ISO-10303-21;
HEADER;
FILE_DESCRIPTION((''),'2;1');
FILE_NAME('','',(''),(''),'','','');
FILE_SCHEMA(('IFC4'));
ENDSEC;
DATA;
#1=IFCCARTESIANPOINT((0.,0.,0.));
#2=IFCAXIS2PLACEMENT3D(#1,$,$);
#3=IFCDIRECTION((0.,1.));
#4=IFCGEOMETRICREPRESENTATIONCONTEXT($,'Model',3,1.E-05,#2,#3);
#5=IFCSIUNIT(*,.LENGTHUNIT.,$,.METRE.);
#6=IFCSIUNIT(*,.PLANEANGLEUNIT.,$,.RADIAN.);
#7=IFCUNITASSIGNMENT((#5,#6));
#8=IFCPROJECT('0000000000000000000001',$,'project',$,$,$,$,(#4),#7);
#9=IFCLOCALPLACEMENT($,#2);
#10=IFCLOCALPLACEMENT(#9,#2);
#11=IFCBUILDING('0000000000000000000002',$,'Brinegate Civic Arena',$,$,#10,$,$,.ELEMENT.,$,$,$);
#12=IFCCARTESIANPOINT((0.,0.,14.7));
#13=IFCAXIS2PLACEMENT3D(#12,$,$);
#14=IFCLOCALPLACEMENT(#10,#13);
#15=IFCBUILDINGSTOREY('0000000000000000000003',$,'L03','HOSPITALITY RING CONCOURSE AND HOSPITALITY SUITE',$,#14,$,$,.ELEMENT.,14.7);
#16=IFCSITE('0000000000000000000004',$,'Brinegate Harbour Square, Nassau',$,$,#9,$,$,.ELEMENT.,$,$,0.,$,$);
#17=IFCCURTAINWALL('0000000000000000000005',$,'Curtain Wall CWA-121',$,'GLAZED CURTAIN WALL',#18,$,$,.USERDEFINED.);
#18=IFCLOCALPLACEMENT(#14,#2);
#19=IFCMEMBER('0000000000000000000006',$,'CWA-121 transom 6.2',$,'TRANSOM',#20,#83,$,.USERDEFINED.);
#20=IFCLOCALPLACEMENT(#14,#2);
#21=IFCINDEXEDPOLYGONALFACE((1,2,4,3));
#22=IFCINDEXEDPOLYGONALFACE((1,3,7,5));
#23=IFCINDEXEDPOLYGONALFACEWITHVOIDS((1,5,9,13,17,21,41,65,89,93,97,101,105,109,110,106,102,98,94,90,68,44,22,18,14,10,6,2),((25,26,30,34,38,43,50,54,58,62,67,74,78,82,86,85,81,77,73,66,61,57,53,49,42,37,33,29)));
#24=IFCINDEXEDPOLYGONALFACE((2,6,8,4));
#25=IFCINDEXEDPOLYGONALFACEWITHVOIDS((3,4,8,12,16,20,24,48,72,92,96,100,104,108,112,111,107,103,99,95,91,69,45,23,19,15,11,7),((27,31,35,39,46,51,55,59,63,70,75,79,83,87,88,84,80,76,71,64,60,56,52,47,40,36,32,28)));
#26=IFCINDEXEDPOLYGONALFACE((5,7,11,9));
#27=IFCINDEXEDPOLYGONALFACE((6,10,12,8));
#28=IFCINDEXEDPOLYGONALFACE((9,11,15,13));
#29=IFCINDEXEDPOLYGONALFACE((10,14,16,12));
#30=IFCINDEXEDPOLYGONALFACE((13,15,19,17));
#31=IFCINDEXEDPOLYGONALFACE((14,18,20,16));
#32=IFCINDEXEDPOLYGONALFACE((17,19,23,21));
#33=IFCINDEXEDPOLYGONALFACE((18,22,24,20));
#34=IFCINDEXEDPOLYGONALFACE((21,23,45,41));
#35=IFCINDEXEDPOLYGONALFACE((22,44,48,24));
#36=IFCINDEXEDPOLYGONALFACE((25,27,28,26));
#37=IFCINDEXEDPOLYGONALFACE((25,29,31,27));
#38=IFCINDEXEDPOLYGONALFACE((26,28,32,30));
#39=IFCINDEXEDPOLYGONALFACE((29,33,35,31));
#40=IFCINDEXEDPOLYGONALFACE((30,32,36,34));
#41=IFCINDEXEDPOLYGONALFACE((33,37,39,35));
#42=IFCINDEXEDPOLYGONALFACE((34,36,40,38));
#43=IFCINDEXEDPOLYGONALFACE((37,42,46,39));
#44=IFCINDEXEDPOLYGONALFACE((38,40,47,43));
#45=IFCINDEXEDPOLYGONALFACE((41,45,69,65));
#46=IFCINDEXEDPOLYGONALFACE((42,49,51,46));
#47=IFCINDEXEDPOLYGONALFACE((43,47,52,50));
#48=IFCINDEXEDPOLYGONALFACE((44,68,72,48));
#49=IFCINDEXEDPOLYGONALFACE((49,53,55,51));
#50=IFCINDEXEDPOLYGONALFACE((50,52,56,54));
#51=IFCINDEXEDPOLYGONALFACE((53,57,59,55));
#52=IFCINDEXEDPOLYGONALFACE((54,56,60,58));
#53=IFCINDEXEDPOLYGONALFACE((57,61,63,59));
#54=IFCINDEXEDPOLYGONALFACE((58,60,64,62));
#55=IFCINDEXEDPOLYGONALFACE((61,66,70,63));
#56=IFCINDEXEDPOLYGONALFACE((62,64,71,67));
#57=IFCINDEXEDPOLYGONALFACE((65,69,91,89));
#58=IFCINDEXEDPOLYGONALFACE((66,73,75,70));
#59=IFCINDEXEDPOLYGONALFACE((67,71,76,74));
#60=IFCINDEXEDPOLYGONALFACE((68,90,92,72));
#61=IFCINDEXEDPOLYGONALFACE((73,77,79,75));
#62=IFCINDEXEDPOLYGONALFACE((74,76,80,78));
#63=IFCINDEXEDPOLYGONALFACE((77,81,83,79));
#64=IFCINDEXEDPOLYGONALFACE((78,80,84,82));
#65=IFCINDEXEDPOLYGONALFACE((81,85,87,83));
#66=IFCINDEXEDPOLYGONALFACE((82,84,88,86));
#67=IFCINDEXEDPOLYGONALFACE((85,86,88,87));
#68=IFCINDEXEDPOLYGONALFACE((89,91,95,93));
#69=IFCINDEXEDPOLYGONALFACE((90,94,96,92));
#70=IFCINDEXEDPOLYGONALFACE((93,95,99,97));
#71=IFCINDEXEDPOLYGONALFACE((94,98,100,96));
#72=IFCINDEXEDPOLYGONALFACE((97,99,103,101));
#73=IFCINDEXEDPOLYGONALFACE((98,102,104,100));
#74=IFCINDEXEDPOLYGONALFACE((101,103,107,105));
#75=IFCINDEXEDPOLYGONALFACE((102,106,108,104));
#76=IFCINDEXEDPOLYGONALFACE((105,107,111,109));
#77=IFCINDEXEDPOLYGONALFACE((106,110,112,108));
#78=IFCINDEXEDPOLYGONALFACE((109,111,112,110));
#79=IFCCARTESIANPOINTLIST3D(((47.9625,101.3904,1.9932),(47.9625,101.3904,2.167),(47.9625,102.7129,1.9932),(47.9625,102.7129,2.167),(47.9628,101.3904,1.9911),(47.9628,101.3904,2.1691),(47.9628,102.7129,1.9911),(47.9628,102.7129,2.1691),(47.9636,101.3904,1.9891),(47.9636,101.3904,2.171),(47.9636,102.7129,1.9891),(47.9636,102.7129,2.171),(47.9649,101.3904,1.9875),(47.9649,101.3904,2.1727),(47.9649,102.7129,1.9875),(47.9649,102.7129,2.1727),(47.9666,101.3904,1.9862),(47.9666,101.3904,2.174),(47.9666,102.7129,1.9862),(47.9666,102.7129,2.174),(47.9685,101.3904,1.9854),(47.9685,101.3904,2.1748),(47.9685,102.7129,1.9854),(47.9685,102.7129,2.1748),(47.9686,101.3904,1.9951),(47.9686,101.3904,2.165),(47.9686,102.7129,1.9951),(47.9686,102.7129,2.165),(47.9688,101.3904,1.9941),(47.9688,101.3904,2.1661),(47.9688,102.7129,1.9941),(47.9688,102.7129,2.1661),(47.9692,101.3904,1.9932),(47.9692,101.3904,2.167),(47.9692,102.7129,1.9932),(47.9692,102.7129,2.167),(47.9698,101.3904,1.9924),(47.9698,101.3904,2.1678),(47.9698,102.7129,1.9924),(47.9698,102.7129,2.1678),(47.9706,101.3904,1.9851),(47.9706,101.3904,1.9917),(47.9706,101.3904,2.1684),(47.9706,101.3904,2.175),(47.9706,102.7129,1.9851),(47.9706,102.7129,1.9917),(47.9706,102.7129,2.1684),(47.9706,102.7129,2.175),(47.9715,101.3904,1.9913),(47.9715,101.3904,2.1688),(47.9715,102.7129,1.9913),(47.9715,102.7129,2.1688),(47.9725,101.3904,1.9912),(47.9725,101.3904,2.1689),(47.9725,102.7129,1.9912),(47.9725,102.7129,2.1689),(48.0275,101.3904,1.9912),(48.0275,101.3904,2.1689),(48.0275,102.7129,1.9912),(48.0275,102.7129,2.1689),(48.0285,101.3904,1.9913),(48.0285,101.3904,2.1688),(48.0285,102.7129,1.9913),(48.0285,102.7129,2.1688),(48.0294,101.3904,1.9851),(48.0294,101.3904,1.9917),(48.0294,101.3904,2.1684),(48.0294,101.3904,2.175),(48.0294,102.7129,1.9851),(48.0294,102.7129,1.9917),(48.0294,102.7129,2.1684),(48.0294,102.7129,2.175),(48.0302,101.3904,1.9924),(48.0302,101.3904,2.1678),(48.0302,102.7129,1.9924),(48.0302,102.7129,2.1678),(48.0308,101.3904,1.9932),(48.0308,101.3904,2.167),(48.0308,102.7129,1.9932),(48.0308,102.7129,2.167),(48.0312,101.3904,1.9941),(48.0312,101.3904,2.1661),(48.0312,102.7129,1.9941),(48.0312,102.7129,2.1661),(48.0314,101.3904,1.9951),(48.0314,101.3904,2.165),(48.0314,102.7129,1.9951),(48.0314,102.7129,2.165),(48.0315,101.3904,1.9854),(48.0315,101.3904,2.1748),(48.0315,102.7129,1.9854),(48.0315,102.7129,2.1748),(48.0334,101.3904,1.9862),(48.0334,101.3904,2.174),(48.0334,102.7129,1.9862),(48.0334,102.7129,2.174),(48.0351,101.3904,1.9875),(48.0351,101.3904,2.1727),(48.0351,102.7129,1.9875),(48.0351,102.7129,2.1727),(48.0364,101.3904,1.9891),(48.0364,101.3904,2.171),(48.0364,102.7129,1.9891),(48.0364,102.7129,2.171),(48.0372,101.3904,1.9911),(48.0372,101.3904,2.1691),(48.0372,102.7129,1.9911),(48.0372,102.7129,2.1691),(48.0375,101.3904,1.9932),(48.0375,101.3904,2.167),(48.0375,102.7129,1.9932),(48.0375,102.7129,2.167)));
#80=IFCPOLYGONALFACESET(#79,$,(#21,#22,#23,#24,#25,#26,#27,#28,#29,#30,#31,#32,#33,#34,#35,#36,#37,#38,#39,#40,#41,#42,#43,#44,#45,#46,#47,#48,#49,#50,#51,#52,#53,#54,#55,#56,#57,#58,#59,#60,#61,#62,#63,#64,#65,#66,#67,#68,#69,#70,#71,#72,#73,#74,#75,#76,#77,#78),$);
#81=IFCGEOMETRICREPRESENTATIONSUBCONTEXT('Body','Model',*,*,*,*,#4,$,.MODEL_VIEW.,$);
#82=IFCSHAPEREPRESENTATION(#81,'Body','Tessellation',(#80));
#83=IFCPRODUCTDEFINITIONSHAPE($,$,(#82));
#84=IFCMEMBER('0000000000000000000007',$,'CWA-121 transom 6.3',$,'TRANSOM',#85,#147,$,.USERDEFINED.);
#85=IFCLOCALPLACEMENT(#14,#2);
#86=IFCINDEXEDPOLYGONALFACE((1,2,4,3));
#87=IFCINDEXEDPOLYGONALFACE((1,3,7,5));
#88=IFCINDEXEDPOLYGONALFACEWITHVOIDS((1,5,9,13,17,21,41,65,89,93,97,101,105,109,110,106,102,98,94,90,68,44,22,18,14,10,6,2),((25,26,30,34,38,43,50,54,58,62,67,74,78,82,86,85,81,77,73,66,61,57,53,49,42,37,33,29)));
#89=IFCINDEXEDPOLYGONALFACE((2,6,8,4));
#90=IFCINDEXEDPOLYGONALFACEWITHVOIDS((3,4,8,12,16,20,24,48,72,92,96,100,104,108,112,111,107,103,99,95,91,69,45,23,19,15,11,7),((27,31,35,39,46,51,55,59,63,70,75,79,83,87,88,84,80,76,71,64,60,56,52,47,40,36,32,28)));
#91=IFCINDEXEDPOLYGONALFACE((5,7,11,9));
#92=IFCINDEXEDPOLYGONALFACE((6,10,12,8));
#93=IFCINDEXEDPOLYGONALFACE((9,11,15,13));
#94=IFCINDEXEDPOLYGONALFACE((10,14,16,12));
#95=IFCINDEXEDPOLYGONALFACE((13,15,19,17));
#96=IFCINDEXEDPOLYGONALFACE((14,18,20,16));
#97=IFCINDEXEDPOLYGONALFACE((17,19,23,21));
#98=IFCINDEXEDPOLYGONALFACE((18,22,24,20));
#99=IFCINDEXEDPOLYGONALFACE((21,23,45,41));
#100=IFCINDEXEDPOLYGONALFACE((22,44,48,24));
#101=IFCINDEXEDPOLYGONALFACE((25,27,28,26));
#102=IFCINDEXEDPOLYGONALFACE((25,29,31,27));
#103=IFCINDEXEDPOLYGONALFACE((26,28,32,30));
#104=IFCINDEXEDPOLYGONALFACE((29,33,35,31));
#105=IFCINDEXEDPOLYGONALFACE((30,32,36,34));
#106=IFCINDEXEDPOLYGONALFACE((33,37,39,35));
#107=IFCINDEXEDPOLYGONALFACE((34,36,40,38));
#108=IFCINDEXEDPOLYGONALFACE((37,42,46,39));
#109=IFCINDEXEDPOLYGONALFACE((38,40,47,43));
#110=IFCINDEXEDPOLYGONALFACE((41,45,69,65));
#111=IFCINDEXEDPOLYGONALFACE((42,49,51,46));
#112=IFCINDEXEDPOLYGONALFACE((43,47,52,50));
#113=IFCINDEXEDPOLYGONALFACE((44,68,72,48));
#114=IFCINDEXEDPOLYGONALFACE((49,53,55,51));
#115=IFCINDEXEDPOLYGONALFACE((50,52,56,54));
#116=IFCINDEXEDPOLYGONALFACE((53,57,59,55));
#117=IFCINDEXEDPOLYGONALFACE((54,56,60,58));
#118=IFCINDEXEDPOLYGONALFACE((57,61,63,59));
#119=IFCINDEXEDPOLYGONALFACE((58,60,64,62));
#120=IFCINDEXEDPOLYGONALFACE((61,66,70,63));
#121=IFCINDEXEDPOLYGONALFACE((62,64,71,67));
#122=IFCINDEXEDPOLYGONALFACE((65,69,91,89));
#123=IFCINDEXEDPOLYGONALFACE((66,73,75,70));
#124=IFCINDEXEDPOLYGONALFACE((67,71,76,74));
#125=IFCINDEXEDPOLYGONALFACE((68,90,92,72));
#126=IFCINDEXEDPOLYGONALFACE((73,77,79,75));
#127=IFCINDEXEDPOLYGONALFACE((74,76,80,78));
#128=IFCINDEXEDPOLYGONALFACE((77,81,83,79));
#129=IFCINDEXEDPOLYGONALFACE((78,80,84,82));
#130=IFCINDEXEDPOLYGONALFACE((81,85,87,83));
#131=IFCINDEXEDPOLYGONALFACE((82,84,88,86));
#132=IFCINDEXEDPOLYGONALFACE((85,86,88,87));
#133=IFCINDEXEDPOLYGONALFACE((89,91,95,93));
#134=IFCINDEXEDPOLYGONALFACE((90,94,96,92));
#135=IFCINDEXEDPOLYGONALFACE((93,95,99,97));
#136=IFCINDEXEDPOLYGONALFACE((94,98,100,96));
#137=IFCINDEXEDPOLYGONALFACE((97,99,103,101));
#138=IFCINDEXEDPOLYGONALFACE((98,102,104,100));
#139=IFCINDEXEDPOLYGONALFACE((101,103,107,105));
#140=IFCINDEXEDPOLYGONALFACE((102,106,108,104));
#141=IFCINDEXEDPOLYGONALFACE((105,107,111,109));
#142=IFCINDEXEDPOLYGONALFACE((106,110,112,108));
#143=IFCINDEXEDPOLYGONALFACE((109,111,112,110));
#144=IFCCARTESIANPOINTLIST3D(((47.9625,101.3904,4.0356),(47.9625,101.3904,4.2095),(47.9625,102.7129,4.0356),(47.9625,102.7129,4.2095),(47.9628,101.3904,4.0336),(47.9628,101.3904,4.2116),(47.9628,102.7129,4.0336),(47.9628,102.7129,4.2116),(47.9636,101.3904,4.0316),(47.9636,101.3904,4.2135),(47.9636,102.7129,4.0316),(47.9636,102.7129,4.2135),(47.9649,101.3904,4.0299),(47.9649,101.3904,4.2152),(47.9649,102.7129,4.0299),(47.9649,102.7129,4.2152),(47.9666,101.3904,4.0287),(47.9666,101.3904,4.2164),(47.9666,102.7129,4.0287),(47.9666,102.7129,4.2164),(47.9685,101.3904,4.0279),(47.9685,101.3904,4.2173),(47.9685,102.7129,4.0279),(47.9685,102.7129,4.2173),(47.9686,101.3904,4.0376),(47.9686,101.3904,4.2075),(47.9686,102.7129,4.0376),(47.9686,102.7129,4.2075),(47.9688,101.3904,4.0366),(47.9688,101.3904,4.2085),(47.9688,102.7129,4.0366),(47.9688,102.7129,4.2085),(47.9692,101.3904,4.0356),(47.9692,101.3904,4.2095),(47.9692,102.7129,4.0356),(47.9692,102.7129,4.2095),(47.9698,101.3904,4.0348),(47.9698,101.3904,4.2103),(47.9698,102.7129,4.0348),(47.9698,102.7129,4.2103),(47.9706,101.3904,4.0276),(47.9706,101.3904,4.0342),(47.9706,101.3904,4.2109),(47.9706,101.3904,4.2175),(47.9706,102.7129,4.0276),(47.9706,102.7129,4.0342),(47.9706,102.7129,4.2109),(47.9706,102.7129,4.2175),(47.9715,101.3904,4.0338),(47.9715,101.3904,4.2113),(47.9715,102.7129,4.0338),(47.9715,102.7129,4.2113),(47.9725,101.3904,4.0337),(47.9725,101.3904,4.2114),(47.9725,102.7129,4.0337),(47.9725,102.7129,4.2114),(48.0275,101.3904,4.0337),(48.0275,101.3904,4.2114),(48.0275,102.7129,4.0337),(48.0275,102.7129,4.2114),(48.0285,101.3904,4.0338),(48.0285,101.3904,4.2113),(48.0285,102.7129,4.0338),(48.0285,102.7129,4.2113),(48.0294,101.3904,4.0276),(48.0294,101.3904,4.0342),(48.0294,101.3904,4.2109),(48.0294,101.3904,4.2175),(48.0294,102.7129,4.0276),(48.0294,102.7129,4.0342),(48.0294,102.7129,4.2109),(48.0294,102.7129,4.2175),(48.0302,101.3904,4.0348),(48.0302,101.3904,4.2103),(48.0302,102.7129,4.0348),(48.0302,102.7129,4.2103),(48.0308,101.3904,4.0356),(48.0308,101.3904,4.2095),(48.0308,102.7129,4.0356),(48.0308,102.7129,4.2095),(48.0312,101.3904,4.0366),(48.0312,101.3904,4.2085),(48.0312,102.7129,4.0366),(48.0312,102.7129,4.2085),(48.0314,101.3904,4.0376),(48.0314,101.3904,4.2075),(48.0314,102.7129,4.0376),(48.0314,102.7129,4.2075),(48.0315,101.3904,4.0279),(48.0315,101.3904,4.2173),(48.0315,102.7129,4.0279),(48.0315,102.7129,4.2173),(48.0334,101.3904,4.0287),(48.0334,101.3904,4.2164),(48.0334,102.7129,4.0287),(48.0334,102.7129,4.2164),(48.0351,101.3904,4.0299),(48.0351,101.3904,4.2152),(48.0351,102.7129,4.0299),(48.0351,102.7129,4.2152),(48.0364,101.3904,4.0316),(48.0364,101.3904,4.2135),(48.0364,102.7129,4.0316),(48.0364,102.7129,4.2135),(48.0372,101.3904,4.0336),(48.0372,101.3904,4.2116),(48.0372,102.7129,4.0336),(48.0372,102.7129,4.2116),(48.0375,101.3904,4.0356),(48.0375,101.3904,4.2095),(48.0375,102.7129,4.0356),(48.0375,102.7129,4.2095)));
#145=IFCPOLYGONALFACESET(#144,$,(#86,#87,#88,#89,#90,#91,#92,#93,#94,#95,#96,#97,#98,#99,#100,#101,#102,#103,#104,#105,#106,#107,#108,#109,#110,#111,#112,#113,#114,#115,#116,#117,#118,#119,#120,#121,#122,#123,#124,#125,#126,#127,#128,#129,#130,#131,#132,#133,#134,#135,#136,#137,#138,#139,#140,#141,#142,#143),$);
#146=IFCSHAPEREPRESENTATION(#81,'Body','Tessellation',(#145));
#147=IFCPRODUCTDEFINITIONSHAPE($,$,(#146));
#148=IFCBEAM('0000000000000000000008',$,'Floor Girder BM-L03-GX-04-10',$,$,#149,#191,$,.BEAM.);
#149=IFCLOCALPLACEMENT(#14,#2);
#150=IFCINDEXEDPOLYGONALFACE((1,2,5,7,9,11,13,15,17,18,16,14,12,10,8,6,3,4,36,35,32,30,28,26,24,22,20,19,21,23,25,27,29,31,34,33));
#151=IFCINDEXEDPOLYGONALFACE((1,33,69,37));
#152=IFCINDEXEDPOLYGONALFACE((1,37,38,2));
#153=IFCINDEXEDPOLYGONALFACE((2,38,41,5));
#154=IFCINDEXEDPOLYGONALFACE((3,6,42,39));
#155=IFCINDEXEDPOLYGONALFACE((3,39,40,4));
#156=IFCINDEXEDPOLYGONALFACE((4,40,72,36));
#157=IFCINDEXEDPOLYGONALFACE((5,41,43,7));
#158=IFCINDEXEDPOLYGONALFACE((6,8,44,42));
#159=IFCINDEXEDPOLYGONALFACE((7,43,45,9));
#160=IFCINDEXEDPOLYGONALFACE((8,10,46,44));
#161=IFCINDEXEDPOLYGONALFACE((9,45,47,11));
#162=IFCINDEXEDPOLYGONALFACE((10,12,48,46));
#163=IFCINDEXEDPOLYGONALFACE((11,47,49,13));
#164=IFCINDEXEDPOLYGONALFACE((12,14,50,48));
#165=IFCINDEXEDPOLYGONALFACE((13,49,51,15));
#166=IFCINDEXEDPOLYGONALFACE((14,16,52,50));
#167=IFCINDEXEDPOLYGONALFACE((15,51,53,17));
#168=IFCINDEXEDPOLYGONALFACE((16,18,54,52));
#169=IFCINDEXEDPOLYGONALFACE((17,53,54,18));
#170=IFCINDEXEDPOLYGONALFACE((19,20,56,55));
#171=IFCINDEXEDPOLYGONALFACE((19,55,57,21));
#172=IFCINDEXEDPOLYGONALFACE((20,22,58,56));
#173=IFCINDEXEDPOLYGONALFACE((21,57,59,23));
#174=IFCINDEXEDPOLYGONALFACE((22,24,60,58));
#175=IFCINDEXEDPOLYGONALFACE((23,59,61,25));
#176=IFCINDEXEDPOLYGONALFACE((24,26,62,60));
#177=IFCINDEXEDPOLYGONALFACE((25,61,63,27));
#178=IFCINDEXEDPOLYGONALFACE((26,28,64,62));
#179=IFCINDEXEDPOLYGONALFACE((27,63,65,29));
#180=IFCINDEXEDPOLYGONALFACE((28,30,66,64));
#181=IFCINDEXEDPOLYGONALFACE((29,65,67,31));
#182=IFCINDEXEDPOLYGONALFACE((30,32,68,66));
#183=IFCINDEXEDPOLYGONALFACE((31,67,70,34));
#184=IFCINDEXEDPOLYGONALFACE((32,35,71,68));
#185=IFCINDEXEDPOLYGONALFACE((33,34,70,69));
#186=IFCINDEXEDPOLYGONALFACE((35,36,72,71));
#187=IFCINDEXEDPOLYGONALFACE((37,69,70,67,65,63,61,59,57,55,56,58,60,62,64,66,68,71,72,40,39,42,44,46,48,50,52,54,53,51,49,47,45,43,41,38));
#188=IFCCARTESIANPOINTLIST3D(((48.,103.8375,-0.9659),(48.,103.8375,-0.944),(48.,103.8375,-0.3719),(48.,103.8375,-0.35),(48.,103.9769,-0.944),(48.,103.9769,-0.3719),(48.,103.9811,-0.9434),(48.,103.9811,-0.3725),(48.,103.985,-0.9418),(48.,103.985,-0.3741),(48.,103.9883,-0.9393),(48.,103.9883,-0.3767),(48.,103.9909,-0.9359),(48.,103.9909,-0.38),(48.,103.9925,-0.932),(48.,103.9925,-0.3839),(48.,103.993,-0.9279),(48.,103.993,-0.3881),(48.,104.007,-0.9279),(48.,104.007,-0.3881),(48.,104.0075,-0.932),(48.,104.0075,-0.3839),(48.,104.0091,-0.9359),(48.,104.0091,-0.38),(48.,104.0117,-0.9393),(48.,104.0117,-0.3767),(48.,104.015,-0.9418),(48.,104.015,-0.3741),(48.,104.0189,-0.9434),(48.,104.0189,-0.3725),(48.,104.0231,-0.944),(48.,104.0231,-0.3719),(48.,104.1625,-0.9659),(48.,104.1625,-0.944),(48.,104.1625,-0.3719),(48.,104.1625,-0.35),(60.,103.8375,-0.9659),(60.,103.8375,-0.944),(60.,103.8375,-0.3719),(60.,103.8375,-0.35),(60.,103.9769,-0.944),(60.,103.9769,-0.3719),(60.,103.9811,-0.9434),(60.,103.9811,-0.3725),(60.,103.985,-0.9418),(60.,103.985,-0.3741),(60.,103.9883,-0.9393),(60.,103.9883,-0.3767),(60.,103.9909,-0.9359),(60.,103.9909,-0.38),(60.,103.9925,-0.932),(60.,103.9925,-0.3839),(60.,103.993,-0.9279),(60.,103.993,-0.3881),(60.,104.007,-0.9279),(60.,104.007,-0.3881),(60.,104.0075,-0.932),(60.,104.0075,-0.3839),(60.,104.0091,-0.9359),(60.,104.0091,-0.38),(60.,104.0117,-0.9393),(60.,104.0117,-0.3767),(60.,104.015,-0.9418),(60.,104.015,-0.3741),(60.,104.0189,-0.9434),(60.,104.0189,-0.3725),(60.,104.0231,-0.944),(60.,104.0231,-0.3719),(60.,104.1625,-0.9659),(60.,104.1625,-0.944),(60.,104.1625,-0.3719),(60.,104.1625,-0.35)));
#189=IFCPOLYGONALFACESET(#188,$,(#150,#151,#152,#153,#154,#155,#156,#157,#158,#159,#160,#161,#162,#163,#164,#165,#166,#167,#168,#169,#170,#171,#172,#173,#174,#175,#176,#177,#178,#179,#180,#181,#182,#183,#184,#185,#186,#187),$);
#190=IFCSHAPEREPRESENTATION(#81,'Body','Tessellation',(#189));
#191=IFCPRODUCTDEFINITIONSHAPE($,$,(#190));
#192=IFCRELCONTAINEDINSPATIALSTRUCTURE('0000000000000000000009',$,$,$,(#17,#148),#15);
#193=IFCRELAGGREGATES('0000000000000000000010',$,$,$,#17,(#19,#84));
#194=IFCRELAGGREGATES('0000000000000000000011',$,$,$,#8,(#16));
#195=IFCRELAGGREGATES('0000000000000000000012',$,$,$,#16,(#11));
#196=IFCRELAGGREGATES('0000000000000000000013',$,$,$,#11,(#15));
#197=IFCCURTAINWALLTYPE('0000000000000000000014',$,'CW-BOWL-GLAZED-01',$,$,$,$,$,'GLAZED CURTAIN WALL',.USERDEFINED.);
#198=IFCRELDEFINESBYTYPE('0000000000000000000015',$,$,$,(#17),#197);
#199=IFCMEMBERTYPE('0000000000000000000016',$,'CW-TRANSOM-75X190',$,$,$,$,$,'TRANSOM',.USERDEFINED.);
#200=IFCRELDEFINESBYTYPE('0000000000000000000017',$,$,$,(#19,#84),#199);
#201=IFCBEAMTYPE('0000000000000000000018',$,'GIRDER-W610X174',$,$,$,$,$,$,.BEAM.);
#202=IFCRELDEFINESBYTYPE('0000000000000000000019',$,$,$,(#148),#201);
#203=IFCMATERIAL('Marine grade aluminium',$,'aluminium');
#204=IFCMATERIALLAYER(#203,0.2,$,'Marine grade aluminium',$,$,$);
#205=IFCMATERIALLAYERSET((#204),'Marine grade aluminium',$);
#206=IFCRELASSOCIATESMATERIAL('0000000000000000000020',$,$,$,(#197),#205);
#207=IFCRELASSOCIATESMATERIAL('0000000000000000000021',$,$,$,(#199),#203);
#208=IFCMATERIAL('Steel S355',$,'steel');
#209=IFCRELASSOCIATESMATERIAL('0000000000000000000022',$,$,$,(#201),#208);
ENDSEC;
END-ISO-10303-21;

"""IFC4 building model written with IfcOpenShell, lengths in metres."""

from ifc_helpers import new_model, si_unit, direction, frame, origin, origin_2d, place, context, subcontext, project, spatial, hollow_rectangle, i_section, extrude, material, layer, layer_set, material_profile, profile_set, type_object, element, aggregate, save


model = new_model("IFC4")

# Units and contexts
model_context = context("Model", 3, precision=1e-05, world=origin(), true_north=direction((0.0, 1.0)))
body_context = subcontext(model_context, "Body", "Model", "MODEL_VIEW")
ifc_project = project(units=[si_unit("LENGTHUNIT", "METRE"), si_unit("PLANEANGLEUNIT", "RADIAN")], contexts=[model_context])

# Site, building, storey
site_placement = place(None, origin())
site = spatial("IfcSite", under=ifc_project, at=site_placement, Name="Brinegate Harbour Square, Nassau", CompositionType="ELEMENT", RefElevation=0.0)
building_placement = place(site_placement, origin())
building = spatial("IfcBuilding", under=site, at=building_placement, Name="Brinegate Civic Arena", CompositionType="ELEMENT")
storey_placement = place(building_placement, frame((0.0, 0.0, 14.7)))
storey = spatial("IfcBuildingStorey", under=building, at=storey_placement, Name="L03", Description="HOSPITALITY RING CONCOURSE AND HOSPITALITY SUITE", CompositionType="ELEMENT", Elevation=14.7)

# Curtain wall
ifc_material_1 = material(Name="Marine grade aluminium", Category="aluminium")
ifc_layer_1 = layer(ifc_material_1, 0.2, Name="Marine grade aluminium")
ifc_layer_set_1 = layer_set([ifc_layer_1], Name="Marine grade aluminium")
curtain_wall_type = type_object("IfcCurtainWallType", Name="CW-BOWL-GLAZED-01", ElementType="GLAZED CURTAIN WALL", PredefinedType="USERDEFINED", material=ifc_layer_set_1)
curtain_wall_1_placement = place(storey_placement, origin())
curtain_wall_1 = element("IfcCurtainWall", 1, at=curtain_wall_1_placement, inside=storey, type_object=curtain_wall_type, Name="Curtain Wall CWA-121", ObjectType="GLAZED CURTAIN WALL", PredefinedType="USERDEFINED")

# Members
ifc_material_profile_1 = material_profile(ifc_material_1, hollow_rectangle(XDim=0.075, YDim=0.1899, WallThickness=0.0061, InnerFilletRadius=0.0039, OuterFilletRadius=0.0081, at=origin_2d()), Name="TRN75X190")
ifc_profile_set_1 = profile_set([ifc_material_profile_1], Name="Marine grade aluminium")
member_type_1 = type_object("IfcMemberType", Name="CW-TRANSOM-75X190", ElementType="TRANSOM", PredefinedType="USERDEFINED", material=ifc_profile_set_1)
member_1_placement = place(storey_placement, frame((48.0, 101.3904, 2.0801), z_axis=(0.0, 1.0, 0.0), x_axis=(-1.0, 0.0, 0.0)))
member_1 = element("IfcMember", 2, at=member_1_placement, type_object=member_type_1, Name="CWA-121 transom 6.2", ObjectType="TRANSOM", PredefinedType="USERDEFINED", context=body_context, shape_type="SweptSolid", body=[
    extrude(hollow_rectangle(XDim=0.075, YDim=0.1899, WallThickness=0.0061, InnerFilletRadius=0.0039, OuterFilletRadius=0.0081, at=origin_2d()), origin(), (0.0, 0.0, 1.0), 1.3225),
])
member_2_placement = place(storey_placement, frame((48.0, 101.3904, 4.1226), z_axis=(0.0, 1.0, 0.0), x_axis=(-1.0, 0.0, 0.0)))
member_2 = element("IfcMember", 3, at=member_2_placement, type_object=member_type_1, Name="CWA-121 transom 6.3", ObjectType="TRANSOM", PredefinedType="USERDEFINED", context=body_context, shape_type="SweptSolid", body=[
    extrude(hollow_rectangle(XDim=0.075, YDim=0.1899, WallThickness=0.0061, InnerFilletRadius=0.0039, OuterFilletRadius=0.0081, at=origin_2d()), origin(), (0.0, 0.0, 1.0), 1.3225),
])

# Beam
ifc_material_2 = material(Name="Steel S355", Category="steel")
ifc_material_profile_2 = material_profile(ifc_material_2, i_section(OverallWidth=0.325, OverallDepth=0.616, WebThickness=0.0139, FlangeThickness=0.022, FilletRadius=0.0161, at=origin_2d()), Name="W610X174")
ifc_profile_set_2 = profile_set([ifc_material_profile_2], Name="Steel S355")
beam_type_1 = type_object("IfcBeamType", Name="GIRDER-W610X174", PredefinedType="BEAM", material=ifc_profile_set_2)
beam_1_placement = place(storey_placement, frame((48.0, 104.0, -0.658), z_axis=(1.0, 0.0, 0.0), x_axis=(0.0, 1.0, 0.0)))
element("IfcBeam", 4, at=beam_1_placement, inside=storey, type_object=beam_type_1, Name="Floor Girder BM-L03-GX-04-10", PredefinedType="BEAM", context=body_context, shape_type="SweptSolid", body=[
    extrude(i_section(OverallWidth=0.325, OverallDepth=0.616, WebThickness=0.0139, FlangeThickness=0.022, FilletRadius=0.0161, at=origin_2d()), origin(), (0.0, 0.0, 1.0), 12.0),
])

aggregate(curtain_wall_1, [member_1, member_2])

save(model, "model.ifc")
